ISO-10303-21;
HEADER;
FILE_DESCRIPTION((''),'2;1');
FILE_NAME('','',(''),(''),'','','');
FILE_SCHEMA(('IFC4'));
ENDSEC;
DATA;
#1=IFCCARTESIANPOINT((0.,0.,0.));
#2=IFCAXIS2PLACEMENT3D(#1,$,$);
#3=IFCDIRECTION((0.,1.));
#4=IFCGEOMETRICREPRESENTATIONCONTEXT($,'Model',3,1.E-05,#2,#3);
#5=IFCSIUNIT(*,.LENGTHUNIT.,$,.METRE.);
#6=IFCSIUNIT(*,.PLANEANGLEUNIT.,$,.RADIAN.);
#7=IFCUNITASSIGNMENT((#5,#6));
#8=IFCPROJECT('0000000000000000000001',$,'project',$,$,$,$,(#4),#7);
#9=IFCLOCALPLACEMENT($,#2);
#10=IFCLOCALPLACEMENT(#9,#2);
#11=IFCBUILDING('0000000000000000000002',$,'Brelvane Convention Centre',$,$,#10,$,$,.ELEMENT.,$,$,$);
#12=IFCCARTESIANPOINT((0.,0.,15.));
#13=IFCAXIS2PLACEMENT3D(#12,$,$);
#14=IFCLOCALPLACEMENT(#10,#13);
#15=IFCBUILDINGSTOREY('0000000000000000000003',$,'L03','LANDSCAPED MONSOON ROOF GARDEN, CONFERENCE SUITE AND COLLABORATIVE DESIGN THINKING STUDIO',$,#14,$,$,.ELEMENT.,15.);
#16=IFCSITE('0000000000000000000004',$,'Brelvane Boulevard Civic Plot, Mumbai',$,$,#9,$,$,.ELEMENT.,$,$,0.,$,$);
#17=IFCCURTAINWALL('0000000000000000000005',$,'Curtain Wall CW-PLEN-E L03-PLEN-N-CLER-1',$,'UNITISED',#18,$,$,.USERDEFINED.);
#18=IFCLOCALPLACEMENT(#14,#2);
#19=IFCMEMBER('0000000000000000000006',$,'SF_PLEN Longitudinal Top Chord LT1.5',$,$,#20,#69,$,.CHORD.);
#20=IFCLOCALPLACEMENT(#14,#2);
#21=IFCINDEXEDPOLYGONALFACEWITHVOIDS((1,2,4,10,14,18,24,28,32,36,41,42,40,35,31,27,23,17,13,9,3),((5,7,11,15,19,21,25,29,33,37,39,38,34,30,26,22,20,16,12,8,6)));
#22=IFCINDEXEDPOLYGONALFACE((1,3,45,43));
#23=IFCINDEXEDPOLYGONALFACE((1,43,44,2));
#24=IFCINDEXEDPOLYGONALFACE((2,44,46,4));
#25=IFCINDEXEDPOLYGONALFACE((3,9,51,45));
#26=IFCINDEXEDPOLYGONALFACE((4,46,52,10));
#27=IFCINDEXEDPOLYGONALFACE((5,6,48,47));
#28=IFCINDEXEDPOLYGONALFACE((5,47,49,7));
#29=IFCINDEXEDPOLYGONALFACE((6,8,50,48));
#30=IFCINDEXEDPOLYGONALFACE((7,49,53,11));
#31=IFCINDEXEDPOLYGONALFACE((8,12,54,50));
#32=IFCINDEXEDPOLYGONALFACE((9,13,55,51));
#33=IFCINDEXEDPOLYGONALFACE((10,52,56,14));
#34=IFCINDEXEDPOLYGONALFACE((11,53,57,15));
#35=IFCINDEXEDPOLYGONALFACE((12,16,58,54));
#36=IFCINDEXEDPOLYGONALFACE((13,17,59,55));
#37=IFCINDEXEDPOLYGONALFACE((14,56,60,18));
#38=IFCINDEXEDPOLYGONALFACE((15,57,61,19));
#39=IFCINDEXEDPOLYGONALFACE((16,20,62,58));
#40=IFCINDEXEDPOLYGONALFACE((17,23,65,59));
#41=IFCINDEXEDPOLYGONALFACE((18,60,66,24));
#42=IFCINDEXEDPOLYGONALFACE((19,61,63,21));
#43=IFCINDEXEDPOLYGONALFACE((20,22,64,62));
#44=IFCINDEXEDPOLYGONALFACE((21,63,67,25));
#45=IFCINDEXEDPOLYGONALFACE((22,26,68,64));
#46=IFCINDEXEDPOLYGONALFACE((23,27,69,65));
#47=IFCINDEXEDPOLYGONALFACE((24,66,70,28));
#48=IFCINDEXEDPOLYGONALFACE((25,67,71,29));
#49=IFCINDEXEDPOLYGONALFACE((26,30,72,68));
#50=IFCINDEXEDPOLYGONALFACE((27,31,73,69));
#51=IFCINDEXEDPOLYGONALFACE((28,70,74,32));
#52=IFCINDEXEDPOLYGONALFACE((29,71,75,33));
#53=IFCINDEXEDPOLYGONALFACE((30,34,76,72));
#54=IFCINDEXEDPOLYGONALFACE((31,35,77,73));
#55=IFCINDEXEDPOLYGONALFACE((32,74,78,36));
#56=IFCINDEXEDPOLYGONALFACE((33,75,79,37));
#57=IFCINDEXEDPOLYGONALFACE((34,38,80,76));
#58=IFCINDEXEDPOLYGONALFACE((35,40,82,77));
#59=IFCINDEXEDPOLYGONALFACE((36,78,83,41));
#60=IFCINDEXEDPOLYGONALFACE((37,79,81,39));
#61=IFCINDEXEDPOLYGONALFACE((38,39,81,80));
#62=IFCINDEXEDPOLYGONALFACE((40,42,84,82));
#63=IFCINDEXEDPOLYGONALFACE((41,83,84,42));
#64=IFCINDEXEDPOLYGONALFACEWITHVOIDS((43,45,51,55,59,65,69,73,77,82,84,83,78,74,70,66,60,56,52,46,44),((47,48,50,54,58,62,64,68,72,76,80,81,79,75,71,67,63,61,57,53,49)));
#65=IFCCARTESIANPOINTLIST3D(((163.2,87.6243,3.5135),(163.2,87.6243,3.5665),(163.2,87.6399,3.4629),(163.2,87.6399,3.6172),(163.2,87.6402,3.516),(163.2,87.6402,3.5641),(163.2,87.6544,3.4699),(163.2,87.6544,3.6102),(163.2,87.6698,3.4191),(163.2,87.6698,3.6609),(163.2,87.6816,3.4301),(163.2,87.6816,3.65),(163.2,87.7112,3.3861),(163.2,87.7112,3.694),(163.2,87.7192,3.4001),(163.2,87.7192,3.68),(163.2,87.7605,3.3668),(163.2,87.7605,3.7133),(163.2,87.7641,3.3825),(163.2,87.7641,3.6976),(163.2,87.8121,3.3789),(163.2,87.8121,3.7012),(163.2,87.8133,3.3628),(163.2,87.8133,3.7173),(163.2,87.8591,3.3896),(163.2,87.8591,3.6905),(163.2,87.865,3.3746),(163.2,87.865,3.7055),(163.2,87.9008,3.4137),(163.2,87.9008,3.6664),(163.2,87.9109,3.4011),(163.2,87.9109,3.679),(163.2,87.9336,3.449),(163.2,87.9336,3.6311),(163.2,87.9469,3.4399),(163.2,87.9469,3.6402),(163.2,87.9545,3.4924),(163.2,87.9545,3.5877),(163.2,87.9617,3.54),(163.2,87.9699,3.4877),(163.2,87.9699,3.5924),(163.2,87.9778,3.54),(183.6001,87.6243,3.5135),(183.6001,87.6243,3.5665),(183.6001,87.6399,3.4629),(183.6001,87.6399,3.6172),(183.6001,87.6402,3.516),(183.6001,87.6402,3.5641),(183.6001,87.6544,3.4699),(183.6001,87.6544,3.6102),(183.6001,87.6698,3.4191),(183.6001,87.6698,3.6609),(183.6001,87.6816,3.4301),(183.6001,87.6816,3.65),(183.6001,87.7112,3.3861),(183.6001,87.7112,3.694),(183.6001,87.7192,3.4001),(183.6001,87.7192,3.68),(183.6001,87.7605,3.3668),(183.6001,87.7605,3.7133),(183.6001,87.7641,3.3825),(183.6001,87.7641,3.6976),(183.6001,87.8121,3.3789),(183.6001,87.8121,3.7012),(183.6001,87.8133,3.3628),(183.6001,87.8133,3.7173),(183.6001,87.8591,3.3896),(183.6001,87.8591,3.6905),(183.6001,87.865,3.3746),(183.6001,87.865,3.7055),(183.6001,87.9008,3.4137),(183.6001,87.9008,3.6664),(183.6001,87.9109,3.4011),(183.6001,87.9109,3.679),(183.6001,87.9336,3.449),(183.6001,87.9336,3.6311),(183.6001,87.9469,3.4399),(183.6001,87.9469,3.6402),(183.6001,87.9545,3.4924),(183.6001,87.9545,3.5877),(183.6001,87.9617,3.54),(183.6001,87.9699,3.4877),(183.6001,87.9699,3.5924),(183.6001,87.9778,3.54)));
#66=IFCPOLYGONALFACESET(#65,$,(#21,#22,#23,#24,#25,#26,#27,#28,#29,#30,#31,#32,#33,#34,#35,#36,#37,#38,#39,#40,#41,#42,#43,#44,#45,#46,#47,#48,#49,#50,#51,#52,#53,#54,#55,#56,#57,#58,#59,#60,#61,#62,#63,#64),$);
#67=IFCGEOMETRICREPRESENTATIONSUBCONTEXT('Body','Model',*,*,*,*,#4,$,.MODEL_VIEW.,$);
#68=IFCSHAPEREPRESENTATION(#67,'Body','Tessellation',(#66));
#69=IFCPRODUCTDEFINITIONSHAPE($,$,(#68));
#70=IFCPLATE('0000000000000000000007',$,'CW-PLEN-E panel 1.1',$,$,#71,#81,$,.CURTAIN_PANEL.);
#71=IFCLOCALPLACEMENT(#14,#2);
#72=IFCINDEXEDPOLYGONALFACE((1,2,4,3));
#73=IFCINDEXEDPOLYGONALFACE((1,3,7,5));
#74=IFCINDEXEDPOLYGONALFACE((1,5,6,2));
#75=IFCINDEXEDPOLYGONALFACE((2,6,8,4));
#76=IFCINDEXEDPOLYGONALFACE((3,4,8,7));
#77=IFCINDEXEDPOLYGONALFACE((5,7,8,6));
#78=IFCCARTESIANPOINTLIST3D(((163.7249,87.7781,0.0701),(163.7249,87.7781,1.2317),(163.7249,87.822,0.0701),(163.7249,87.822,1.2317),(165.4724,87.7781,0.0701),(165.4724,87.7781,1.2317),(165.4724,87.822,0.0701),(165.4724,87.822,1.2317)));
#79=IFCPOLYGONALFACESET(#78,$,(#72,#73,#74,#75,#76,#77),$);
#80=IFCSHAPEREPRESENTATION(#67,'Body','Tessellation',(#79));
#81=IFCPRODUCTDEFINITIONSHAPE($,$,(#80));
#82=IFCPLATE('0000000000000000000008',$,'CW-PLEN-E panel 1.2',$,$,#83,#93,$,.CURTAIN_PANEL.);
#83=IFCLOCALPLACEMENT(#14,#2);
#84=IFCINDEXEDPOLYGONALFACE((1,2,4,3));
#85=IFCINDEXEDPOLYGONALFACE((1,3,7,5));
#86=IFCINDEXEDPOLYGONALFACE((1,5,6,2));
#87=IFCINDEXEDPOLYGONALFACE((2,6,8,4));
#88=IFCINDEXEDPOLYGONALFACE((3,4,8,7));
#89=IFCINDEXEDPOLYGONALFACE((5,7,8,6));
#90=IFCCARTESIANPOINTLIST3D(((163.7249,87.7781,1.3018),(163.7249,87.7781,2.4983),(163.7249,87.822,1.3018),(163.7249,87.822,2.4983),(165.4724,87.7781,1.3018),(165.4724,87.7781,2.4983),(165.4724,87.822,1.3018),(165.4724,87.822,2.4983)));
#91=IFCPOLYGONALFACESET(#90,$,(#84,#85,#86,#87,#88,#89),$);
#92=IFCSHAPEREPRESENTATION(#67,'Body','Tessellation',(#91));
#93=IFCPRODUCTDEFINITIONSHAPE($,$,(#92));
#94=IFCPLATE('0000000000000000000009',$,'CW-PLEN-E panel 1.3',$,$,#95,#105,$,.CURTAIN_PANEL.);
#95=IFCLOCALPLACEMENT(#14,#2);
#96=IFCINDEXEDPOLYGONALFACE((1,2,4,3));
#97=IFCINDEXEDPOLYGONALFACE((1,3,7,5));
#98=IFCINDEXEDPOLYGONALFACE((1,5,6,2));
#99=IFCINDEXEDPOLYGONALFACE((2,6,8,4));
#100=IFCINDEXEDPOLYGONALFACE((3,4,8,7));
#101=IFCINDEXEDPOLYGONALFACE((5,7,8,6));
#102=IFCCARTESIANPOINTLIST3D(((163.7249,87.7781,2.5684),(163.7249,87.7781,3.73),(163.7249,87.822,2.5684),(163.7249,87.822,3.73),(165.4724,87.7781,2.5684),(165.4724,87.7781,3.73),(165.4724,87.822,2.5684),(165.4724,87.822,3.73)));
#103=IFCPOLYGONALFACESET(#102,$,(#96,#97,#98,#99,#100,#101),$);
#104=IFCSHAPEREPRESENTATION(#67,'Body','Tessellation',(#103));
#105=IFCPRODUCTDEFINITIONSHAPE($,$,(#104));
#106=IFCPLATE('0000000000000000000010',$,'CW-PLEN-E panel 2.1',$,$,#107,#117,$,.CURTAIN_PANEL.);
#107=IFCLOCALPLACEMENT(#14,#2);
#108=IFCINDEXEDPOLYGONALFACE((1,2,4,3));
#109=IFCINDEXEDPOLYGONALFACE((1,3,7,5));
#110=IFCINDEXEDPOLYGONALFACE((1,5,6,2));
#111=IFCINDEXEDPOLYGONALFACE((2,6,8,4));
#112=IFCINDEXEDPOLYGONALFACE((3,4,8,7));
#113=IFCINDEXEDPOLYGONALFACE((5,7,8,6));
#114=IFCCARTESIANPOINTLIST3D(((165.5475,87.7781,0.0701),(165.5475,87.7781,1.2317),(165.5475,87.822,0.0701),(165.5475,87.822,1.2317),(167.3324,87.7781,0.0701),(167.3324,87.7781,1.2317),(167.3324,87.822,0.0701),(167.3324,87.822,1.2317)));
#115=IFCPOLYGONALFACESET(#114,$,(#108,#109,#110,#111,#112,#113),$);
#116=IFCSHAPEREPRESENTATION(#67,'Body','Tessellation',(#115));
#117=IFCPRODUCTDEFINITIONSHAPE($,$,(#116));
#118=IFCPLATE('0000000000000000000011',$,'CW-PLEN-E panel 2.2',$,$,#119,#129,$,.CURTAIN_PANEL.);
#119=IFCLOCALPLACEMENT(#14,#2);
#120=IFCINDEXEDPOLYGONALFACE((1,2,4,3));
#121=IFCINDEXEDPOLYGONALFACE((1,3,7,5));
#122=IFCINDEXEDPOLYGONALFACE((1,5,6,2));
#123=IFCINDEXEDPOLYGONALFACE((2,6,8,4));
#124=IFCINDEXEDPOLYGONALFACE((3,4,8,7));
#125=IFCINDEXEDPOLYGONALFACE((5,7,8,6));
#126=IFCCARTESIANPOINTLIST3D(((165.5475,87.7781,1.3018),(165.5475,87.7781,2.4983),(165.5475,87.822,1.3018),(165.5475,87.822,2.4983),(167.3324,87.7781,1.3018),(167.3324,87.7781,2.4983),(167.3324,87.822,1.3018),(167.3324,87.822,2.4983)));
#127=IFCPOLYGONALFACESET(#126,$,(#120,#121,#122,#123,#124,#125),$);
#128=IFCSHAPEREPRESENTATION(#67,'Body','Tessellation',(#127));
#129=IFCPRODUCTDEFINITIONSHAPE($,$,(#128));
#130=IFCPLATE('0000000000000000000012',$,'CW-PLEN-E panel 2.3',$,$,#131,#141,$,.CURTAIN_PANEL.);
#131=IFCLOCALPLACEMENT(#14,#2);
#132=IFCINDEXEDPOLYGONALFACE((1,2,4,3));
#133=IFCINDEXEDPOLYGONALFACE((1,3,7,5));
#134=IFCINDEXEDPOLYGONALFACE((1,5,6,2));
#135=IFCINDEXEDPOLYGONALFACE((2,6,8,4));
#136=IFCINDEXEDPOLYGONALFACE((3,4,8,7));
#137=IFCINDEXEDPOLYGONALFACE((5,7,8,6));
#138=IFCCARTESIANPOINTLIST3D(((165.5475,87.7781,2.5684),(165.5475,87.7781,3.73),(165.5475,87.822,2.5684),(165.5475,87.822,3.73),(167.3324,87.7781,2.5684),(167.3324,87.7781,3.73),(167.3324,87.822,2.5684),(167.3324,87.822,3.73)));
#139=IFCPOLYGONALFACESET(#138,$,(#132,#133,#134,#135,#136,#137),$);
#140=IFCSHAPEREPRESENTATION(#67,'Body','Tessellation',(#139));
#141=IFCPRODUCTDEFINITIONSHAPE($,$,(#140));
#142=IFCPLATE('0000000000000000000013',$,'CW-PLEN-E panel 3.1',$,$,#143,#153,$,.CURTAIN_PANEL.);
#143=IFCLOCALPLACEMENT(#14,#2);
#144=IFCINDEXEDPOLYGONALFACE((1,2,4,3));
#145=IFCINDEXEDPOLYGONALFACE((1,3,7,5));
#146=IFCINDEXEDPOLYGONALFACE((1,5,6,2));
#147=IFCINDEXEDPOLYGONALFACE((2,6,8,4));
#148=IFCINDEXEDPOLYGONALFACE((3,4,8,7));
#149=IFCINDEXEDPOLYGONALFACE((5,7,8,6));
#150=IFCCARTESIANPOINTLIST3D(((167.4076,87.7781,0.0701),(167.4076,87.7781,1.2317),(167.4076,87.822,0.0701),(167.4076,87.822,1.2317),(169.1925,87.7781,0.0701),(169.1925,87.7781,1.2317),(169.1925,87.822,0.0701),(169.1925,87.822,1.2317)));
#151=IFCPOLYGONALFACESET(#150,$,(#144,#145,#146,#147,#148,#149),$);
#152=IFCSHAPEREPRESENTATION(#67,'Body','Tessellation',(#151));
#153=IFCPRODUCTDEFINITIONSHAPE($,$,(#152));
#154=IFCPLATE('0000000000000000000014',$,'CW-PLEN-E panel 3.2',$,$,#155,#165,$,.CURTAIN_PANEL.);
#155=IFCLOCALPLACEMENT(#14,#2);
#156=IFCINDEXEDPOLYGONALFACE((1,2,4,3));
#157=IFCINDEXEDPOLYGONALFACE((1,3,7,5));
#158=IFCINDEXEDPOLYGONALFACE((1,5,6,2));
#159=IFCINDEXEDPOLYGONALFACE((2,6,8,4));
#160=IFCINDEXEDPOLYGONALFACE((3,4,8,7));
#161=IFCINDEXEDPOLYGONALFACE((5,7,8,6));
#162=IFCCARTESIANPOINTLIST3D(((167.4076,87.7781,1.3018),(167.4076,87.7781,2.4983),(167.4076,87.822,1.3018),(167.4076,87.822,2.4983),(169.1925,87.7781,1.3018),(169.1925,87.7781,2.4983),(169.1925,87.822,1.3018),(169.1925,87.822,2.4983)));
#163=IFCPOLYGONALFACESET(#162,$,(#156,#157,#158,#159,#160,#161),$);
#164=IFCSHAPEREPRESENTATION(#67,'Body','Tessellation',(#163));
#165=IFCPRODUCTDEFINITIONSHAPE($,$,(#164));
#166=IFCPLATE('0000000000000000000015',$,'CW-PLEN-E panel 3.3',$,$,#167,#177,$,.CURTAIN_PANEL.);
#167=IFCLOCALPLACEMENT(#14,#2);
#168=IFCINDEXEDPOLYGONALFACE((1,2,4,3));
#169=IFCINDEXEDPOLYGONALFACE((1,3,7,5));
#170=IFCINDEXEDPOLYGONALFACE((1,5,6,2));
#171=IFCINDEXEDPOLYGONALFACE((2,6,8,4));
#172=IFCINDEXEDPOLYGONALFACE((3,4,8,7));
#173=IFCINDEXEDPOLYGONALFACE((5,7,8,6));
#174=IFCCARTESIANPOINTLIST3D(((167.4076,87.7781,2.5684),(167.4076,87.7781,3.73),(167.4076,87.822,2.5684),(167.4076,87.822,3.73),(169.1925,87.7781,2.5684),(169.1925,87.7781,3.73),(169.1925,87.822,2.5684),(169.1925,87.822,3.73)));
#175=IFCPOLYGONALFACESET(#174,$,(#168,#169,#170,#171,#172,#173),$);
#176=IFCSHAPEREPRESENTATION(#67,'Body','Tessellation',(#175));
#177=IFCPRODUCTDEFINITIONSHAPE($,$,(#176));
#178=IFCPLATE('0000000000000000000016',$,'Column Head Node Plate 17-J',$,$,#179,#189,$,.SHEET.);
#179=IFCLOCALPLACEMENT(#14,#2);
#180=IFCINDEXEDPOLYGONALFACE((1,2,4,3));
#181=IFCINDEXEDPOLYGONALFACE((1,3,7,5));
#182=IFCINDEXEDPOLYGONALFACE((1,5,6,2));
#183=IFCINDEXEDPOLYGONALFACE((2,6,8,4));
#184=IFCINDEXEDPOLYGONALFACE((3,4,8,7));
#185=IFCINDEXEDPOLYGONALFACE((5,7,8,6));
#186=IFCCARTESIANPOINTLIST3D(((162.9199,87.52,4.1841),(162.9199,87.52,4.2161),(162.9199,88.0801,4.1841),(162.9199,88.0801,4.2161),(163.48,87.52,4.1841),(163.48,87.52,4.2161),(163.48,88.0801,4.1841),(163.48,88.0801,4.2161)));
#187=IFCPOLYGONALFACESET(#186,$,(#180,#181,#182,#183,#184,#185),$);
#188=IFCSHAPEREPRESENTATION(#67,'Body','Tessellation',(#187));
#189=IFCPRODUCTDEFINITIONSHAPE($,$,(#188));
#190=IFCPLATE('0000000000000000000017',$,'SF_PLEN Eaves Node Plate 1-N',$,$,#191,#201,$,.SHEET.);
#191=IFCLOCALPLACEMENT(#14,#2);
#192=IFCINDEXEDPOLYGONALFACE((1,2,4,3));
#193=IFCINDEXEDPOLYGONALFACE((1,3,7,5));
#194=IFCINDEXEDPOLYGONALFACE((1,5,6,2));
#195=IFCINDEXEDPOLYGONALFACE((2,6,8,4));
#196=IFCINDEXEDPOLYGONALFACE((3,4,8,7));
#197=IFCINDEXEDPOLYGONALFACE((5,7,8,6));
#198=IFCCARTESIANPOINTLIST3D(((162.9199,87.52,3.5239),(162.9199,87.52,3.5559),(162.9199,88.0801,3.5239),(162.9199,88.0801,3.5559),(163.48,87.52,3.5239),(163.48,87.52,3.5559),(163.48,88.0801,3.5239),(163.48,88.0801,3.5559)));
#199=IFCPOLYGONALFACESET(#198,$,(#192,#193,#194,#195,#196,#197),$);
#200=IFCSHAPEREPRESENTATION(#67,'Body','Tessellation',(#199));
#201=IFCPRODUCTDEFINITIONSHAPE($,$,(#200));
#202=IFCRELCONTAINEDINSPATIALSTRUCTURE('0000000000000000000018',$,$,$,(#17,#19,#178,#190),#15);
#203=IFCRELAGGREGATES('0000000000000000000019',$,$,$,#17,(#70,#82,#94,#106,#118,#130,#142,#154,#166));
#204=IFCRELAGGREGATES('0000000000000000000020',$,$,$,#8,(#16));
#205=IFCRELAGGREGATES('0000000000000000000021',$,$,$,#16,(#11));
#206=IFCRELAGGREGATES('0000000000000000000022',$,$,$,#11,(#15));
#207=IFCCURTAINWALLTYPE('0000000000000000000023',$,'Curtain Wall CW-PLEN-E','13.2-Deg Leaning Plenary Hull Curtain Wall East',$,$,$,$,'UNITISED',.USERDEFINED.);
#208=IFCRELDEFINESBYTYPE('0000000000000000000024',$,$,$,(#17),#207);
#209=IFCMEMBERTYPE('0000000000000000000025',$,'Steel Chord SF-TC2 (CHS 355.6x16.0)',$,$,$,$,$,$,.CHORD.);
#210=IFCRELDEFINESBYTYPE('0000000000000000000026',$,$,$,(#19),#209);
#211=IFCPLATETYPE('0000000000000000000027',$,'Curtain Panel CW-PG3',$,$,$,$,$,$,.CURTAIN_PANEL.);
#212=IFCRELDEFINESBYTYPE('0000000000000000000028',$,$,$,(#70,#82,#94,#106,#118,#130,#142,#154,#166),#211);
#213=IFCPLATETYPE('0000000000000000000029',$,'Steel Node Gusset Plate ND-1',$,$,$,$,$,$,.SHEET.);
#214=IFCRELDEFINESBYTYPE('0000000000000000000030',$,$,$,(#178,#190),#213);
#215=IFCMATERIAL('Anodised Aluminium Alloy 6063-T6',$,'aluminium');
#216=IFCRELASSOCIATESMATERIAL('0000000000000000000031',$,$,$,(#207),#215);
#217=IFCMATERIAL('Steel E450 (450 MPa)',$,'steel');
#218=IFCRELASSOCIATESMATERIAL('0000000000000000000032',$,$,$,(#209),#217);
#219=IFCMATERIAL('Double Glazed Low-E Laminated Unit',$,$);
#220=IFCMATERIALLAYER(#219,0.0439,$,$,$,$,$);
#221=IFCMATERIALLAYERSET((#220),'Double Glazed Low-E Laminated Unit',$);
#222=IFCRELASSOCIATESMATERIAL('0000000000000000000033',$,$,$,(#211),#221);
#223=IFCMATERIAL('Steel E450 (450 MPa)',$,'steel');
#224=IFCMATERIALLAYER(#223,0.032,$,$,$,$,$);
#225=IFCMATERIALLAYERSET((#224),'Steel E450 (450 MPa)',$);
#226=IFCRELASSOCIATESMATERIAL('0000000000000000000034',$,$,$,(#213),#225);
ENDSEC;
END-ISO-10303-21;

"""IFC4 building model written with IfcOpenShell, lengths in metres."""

from ifc_helpers import new_model, si_unit, direction, frame, origin, origin_2d, place, context, subcontext, project, spatial, rectangle, hollow_circle, extrude, material, layer, layer_set, material_profile, profile_set, type_object, element, aggregate, save


model = new_model("IFC4")

# Units and contexts
model_context = context("Model", 3, precision=1e-05, world=origin(), true_north=direction((0.0, 1.0)))
body_context = subcontext(model_context, "Body", "Model", "MODEL_VIEW")
ifc_project = project(units=[si_unit("LENGTHUNIT", "METRE"), si_unit("PLANEANGLEUNIT", "RADIAN")], contexts=[model_context])

# Site, building, storey
site_placement = place(None, origin())
site = spatial("IfcSite", under=ifc_project, at=site_placement, Name="Brelvane Boulevard Civic Plot, Mumbai", CompositionType="ELEMENT", RefElevation=0.0)
building_placement = place(site_placement, origin())
building = spatial("IfcBuilding", under=site, at=building_placement, Name="Brelvane Convention Centre", CompositionType="ELEMENT")
storey_placement = place(building_placement, frame((0.0, 0.0, 15.0)))
storey = spatial("IfcBuildingStorey", under=building, at=storey_placement, Name="L03", Description="LANDSCAPED MONSOON ROOF GARDEN, CONFERENCE SUITE AND COLLABORATIVE DESIGN THINKING STUDIO", CompositionType="ELEMENT", Elevation=15.0)

# Curtain wall
ifc_material_1 = material(Name="Anodised Aluminium Alloy 6063-T6", Category="aluminium")
curtain_wall_type = type_object("IfcCurtainWallType", Name="Curtain Wall CW-PLEN-E", Description="13.2-Deg Leaning Plenary Hull Curtain Wall East", ElementType="UNITISED", PredefinedType="USERDEFINED", material=ifc_material_1)
curtain_wall_placement = place(storey_placement, origin())
curtain_wall = element("IfcCurtainWall", 1, at=curtain_wall_placement, inside=storey, type_object=curtain_wall_type, Name="Curtain Wall CW-PLEN-E L03-PLEN-N-CLER-1", ObjectType="UNITISED", PredefinedType="USERDEFINED")

# Member
ifc_material_2 = material(Name="Steel E450 (450 MPa)", Category="steel")
ifc_material_profile_1 = material_profile(ifc_material_2, hollow_circle(Radius=0.1777, WallThickness=0.0161, at=origin_2d()), Name="CHS 355.6x16.0")
ifc_profile_set_1 = profile_set([ifc_material_profile_1], Name="Steel E450 (450 MPa)")
member_type_1 = type_object("IfcMemberType", Name="Steel Chord SF-TC2 (CHS 355.6x16.0)", PredefinedType="CHORD", material=ifc_profile_set_1)
member_1_placement = place(storey_placement, frame((163.2, 87.8, 3.54), z_axis=(1.0, 0.0, 0.0), x_axis=(0.0, 1.0, 0.0)))
element("IfcMember", 2, at=member_1_placement, inside=storey, type_object=member_type_1, Name="SF_PLEN Longitudinal Top Chord LT1.5", PredefinedType="CHORD", context=body_context, shape_type="SweptSolid", body=[
    extrude(hollow_circle(Radius=0.1777, WallThickness=0.0161, at=origin_2d()), origin(), (0.0, 0.0, 1.0), 20.4001),
])

# Plates
ifc_material_3 = material(Name="Double Glazed Low-E Laminated Unit")
ifc_layer_1 = layer(ifc_material_3, 0.0439)
ifc_layer_set_1 = layer_set([ifc_layer_1], Name="Double Glazed Low-E Laminated Unit")
plate_type_1 = type_object("IfcPlateType", Name="Curtain Panel CW-PG3", PredefinedType="CURTAIN_PANEL", material=ifc_layer_set_1)
plate_1_placement = place(storey_placement, frame((164.5986, 87.8, 0.0701), z_axis=(0.0, 0.0, 1.0), x_axis=(1.0, 0.0, 0.0)))
plate_1 = element("IfcPlate", 3, at=plate_1_placement, type_object=plate_type_1, Name="CW-PLEN-E panel 1.1", PredefinedType="CURTAIN_PANEL", context=body_context, shape_type="SweptSolid", body=[
    extrude(rectangle(XDim=1.7476, YDim=0.0439, at=origin_2d()), origin(), (0.0, 0.0, 1.0), 1.1616),
])
plate_2_placement = place(storey_placement, frame((164.5986, 87.8, 1.3018), z_axis=(0.0, 0.0, 1.0), x_axis=(1.0, 0.0, 0.0)))
plate_2 = element("IfcPlate", 4, at=plate_2_placement, type_object=plate_type_1, Name="CW-PLEN-E panel 1.2", PredefinedType="CURTAIN_PANEL", context=body_context, shape_type="SweptSolid", body=[
    extrude(rectangle(XDim=1.7476, YDim=0.0439, at=origin_2d()), origin(), (0.0, 0.0, 1.0), 1.1965),
])
plate_3_placement = place(storey_placement, frame((164.5986, 87.8, 2.5684), z_axis=(0.0, 0.0, 1.0), x_axis=(1.0, 0.0, 0.0)))
plate_3 = element("IfcPlate", 5, at=plate_3_placement, type_object=plate_type_1, Name="CW-PLEN-E panel 1.3", PredefinedType="CURTAIN_PANEL", context=body_context, shape_type="SweptSolid", body=[
    extrude(rectangle(XDim=1.7476, YDim=0.0439, at=origin_2d()), origin(), (0.0, 0.0, 1.0), 1.1616),
])
plate_4_placement = place(storey_placement, frame((166.4399, 87.8, 0.0701), z_axis=(0.0, 0.0, 1.0), x_axis=(1.0, 0.0, 0.0)))
plate_4 = element("IfcPlate", 6, at=plate_4_placement, type_object=plate_type_1, Name="CW-PLEN-E panel 2.1", PredefinedType="CURTAIN_PANEL", context=body_context, shape_type="SweptSolid", body=[
    extrude(rectangle(XDim=1.7849, YDim=0.0439, at=origin_2d()), origin(), (0.0, 0.0, 1.0), 1.1616),
])
plate_5_placement = place(storey_placement, frame((166.4399, 87.8, 1.3018), z_axis=(0.0, 0.0, 1.0), x_axis=(1.0, 0.0, 0.0)))
plate_5 = element("IfcPlate", 7, at=plate_5_placement, type_object=plate_type_1, Name="CW-PLEN-E panel 2.2", PredefinedType="CURTAIN_PANEL", context=body_context, shape_type="SweptSolid", body=[
    extrude(rectangle(XDim=1.7849, YDim=0.0439, at=origin_2d()), origin(), (0.0, 0.0, 1.0), 1.1965),
])
plate_6_placement = place(storey_placement, frame((166.4399, 87.8, 2.5684), z_axis=(0.0, 0.0, 1.0), x_axis=(1.0, 0.0, 0.0)))
plate_6 = element("IfcPlate", 8, at=plate_6_placement, type_object=plate_type_1, Name="CW-PLEN-E panel 2.3", PredefinedType="CURTAIN_PANEL", context=body_context, shape_type="SweptSolid", body=[
    extrude(rectangle(XDim=1.7849, YDim=0.0439, at=origin_2d()), origin(), (0.0, 0.0, 1.0), 1.1616),
])
plate_7_placement = place(storey_placement, frame((168.3, 87.8, 0.0701), z_axis=(0.0, 0.0, 1.0), x_axis=(1.0, 0.0, 0.0)))
plate_7 = element("IfcPlate", 9, at=plate_7_placement, type_object=plate_type_1, Name="CW-PLEN-E panel 3.1", PredefinedType="CURTAIN_PANEL", context=body_context, shape_type="SweptSolid", body=[
    extrude(rectangle(XDim=1.7849, YDim=0.0439, at=origin_2d()), origin(), (0.0, 0.0, 1.0), 1.1616),
])
plate_8_placement = place(storey_placement, frame((168.3, 87.8, 1.3018), z_axis=(0.0, 0.0, 1.0), x_axis=(1.0, 0.0, 0.0)))
plate_8 = element("IfcPlate", 10, at=plate_8_placement, type_object=plate_type_1, Name="CW-PLEN-E panel 3.2", PredefinedType="CURTAIN_PANEL", context=body_context, shape_type="SweptSolid", body=[
    extrude(rectangle(XDim=1.7849, YDim=0.0439, at=origin_2d()), origin(), (0.0, 0.0, 1.0), 1.1965),
])
plate_9_placement = place(storey_placement, frame((168.3, 87.8, 2.5684), z_axis=(0.0, 0.0, 1.0), x_axis=(1.0, 0.0, 0.0)))
plate_9 = element("IfcPlate", 11, at=plate_9_placement, type_object=plate_type_1, Name="CW-PLEN-E panel 3.3", PredefinedType="CURTAIN_PANEL", context=body_context, shape_type="SweptSolid", body=[
    extrude(rectangle(XDim=1.7849, YDim=0.0439, at=origin_2d()), origin(), (0.0, 0.0, 1.0), 1.1616),
])
aggregate(curtain_wall, [plate_1, plate_2, plate_3, plate_4, plate_5, plate_6, plate_7, plate_8, plate_9])

# Plates
ifc_material_4 = material(Name="Steel E450 (450 MPa)", Category="steel")
ifc_layer_2 = layer(ifc_material_4, 0.032)
ifc_layer_set_2 = layer_set([ifc_layer_2], Name="Steel E450 (450 MPa)")
plate_type_2 = type_object("IfcPlateType", Name="Steel Node Gusset Plate ND-1", PredefinedType="SHEET", material=ifc_layer_set_2)
for number, where, z_axis, x_axis, name in (
    (12, (163.2, 87.8, 4.1841), (0.0, 0.0, 1.0), (1.0, 0.0, 0.0), "Column Head Node Plate 17-J"),
    (13, (163.2, 87.8, 3.5239), (0.0, 0.0, 1.0), (1.0, 0.0, 0.0), "SF_PLEN Eaves Node Plate 1-N"),
):
    element("IfcPlate", number, at=place(storey_placement, frame(where, z_axis=z_axis, x_axis=x_axis)), inside=storey, type_object=plate_type_2, Name=name, PredefinedType="SHEET", context=body_context, shape_type="SweptSolid", body=[
        extrude(rectangle(XDim=0.5601, YDim=0.5601, at=origin_2d()), origin(), (0.0, 0.0, 1.0), 0.032),
    ])

save(model, "model.ifc")
